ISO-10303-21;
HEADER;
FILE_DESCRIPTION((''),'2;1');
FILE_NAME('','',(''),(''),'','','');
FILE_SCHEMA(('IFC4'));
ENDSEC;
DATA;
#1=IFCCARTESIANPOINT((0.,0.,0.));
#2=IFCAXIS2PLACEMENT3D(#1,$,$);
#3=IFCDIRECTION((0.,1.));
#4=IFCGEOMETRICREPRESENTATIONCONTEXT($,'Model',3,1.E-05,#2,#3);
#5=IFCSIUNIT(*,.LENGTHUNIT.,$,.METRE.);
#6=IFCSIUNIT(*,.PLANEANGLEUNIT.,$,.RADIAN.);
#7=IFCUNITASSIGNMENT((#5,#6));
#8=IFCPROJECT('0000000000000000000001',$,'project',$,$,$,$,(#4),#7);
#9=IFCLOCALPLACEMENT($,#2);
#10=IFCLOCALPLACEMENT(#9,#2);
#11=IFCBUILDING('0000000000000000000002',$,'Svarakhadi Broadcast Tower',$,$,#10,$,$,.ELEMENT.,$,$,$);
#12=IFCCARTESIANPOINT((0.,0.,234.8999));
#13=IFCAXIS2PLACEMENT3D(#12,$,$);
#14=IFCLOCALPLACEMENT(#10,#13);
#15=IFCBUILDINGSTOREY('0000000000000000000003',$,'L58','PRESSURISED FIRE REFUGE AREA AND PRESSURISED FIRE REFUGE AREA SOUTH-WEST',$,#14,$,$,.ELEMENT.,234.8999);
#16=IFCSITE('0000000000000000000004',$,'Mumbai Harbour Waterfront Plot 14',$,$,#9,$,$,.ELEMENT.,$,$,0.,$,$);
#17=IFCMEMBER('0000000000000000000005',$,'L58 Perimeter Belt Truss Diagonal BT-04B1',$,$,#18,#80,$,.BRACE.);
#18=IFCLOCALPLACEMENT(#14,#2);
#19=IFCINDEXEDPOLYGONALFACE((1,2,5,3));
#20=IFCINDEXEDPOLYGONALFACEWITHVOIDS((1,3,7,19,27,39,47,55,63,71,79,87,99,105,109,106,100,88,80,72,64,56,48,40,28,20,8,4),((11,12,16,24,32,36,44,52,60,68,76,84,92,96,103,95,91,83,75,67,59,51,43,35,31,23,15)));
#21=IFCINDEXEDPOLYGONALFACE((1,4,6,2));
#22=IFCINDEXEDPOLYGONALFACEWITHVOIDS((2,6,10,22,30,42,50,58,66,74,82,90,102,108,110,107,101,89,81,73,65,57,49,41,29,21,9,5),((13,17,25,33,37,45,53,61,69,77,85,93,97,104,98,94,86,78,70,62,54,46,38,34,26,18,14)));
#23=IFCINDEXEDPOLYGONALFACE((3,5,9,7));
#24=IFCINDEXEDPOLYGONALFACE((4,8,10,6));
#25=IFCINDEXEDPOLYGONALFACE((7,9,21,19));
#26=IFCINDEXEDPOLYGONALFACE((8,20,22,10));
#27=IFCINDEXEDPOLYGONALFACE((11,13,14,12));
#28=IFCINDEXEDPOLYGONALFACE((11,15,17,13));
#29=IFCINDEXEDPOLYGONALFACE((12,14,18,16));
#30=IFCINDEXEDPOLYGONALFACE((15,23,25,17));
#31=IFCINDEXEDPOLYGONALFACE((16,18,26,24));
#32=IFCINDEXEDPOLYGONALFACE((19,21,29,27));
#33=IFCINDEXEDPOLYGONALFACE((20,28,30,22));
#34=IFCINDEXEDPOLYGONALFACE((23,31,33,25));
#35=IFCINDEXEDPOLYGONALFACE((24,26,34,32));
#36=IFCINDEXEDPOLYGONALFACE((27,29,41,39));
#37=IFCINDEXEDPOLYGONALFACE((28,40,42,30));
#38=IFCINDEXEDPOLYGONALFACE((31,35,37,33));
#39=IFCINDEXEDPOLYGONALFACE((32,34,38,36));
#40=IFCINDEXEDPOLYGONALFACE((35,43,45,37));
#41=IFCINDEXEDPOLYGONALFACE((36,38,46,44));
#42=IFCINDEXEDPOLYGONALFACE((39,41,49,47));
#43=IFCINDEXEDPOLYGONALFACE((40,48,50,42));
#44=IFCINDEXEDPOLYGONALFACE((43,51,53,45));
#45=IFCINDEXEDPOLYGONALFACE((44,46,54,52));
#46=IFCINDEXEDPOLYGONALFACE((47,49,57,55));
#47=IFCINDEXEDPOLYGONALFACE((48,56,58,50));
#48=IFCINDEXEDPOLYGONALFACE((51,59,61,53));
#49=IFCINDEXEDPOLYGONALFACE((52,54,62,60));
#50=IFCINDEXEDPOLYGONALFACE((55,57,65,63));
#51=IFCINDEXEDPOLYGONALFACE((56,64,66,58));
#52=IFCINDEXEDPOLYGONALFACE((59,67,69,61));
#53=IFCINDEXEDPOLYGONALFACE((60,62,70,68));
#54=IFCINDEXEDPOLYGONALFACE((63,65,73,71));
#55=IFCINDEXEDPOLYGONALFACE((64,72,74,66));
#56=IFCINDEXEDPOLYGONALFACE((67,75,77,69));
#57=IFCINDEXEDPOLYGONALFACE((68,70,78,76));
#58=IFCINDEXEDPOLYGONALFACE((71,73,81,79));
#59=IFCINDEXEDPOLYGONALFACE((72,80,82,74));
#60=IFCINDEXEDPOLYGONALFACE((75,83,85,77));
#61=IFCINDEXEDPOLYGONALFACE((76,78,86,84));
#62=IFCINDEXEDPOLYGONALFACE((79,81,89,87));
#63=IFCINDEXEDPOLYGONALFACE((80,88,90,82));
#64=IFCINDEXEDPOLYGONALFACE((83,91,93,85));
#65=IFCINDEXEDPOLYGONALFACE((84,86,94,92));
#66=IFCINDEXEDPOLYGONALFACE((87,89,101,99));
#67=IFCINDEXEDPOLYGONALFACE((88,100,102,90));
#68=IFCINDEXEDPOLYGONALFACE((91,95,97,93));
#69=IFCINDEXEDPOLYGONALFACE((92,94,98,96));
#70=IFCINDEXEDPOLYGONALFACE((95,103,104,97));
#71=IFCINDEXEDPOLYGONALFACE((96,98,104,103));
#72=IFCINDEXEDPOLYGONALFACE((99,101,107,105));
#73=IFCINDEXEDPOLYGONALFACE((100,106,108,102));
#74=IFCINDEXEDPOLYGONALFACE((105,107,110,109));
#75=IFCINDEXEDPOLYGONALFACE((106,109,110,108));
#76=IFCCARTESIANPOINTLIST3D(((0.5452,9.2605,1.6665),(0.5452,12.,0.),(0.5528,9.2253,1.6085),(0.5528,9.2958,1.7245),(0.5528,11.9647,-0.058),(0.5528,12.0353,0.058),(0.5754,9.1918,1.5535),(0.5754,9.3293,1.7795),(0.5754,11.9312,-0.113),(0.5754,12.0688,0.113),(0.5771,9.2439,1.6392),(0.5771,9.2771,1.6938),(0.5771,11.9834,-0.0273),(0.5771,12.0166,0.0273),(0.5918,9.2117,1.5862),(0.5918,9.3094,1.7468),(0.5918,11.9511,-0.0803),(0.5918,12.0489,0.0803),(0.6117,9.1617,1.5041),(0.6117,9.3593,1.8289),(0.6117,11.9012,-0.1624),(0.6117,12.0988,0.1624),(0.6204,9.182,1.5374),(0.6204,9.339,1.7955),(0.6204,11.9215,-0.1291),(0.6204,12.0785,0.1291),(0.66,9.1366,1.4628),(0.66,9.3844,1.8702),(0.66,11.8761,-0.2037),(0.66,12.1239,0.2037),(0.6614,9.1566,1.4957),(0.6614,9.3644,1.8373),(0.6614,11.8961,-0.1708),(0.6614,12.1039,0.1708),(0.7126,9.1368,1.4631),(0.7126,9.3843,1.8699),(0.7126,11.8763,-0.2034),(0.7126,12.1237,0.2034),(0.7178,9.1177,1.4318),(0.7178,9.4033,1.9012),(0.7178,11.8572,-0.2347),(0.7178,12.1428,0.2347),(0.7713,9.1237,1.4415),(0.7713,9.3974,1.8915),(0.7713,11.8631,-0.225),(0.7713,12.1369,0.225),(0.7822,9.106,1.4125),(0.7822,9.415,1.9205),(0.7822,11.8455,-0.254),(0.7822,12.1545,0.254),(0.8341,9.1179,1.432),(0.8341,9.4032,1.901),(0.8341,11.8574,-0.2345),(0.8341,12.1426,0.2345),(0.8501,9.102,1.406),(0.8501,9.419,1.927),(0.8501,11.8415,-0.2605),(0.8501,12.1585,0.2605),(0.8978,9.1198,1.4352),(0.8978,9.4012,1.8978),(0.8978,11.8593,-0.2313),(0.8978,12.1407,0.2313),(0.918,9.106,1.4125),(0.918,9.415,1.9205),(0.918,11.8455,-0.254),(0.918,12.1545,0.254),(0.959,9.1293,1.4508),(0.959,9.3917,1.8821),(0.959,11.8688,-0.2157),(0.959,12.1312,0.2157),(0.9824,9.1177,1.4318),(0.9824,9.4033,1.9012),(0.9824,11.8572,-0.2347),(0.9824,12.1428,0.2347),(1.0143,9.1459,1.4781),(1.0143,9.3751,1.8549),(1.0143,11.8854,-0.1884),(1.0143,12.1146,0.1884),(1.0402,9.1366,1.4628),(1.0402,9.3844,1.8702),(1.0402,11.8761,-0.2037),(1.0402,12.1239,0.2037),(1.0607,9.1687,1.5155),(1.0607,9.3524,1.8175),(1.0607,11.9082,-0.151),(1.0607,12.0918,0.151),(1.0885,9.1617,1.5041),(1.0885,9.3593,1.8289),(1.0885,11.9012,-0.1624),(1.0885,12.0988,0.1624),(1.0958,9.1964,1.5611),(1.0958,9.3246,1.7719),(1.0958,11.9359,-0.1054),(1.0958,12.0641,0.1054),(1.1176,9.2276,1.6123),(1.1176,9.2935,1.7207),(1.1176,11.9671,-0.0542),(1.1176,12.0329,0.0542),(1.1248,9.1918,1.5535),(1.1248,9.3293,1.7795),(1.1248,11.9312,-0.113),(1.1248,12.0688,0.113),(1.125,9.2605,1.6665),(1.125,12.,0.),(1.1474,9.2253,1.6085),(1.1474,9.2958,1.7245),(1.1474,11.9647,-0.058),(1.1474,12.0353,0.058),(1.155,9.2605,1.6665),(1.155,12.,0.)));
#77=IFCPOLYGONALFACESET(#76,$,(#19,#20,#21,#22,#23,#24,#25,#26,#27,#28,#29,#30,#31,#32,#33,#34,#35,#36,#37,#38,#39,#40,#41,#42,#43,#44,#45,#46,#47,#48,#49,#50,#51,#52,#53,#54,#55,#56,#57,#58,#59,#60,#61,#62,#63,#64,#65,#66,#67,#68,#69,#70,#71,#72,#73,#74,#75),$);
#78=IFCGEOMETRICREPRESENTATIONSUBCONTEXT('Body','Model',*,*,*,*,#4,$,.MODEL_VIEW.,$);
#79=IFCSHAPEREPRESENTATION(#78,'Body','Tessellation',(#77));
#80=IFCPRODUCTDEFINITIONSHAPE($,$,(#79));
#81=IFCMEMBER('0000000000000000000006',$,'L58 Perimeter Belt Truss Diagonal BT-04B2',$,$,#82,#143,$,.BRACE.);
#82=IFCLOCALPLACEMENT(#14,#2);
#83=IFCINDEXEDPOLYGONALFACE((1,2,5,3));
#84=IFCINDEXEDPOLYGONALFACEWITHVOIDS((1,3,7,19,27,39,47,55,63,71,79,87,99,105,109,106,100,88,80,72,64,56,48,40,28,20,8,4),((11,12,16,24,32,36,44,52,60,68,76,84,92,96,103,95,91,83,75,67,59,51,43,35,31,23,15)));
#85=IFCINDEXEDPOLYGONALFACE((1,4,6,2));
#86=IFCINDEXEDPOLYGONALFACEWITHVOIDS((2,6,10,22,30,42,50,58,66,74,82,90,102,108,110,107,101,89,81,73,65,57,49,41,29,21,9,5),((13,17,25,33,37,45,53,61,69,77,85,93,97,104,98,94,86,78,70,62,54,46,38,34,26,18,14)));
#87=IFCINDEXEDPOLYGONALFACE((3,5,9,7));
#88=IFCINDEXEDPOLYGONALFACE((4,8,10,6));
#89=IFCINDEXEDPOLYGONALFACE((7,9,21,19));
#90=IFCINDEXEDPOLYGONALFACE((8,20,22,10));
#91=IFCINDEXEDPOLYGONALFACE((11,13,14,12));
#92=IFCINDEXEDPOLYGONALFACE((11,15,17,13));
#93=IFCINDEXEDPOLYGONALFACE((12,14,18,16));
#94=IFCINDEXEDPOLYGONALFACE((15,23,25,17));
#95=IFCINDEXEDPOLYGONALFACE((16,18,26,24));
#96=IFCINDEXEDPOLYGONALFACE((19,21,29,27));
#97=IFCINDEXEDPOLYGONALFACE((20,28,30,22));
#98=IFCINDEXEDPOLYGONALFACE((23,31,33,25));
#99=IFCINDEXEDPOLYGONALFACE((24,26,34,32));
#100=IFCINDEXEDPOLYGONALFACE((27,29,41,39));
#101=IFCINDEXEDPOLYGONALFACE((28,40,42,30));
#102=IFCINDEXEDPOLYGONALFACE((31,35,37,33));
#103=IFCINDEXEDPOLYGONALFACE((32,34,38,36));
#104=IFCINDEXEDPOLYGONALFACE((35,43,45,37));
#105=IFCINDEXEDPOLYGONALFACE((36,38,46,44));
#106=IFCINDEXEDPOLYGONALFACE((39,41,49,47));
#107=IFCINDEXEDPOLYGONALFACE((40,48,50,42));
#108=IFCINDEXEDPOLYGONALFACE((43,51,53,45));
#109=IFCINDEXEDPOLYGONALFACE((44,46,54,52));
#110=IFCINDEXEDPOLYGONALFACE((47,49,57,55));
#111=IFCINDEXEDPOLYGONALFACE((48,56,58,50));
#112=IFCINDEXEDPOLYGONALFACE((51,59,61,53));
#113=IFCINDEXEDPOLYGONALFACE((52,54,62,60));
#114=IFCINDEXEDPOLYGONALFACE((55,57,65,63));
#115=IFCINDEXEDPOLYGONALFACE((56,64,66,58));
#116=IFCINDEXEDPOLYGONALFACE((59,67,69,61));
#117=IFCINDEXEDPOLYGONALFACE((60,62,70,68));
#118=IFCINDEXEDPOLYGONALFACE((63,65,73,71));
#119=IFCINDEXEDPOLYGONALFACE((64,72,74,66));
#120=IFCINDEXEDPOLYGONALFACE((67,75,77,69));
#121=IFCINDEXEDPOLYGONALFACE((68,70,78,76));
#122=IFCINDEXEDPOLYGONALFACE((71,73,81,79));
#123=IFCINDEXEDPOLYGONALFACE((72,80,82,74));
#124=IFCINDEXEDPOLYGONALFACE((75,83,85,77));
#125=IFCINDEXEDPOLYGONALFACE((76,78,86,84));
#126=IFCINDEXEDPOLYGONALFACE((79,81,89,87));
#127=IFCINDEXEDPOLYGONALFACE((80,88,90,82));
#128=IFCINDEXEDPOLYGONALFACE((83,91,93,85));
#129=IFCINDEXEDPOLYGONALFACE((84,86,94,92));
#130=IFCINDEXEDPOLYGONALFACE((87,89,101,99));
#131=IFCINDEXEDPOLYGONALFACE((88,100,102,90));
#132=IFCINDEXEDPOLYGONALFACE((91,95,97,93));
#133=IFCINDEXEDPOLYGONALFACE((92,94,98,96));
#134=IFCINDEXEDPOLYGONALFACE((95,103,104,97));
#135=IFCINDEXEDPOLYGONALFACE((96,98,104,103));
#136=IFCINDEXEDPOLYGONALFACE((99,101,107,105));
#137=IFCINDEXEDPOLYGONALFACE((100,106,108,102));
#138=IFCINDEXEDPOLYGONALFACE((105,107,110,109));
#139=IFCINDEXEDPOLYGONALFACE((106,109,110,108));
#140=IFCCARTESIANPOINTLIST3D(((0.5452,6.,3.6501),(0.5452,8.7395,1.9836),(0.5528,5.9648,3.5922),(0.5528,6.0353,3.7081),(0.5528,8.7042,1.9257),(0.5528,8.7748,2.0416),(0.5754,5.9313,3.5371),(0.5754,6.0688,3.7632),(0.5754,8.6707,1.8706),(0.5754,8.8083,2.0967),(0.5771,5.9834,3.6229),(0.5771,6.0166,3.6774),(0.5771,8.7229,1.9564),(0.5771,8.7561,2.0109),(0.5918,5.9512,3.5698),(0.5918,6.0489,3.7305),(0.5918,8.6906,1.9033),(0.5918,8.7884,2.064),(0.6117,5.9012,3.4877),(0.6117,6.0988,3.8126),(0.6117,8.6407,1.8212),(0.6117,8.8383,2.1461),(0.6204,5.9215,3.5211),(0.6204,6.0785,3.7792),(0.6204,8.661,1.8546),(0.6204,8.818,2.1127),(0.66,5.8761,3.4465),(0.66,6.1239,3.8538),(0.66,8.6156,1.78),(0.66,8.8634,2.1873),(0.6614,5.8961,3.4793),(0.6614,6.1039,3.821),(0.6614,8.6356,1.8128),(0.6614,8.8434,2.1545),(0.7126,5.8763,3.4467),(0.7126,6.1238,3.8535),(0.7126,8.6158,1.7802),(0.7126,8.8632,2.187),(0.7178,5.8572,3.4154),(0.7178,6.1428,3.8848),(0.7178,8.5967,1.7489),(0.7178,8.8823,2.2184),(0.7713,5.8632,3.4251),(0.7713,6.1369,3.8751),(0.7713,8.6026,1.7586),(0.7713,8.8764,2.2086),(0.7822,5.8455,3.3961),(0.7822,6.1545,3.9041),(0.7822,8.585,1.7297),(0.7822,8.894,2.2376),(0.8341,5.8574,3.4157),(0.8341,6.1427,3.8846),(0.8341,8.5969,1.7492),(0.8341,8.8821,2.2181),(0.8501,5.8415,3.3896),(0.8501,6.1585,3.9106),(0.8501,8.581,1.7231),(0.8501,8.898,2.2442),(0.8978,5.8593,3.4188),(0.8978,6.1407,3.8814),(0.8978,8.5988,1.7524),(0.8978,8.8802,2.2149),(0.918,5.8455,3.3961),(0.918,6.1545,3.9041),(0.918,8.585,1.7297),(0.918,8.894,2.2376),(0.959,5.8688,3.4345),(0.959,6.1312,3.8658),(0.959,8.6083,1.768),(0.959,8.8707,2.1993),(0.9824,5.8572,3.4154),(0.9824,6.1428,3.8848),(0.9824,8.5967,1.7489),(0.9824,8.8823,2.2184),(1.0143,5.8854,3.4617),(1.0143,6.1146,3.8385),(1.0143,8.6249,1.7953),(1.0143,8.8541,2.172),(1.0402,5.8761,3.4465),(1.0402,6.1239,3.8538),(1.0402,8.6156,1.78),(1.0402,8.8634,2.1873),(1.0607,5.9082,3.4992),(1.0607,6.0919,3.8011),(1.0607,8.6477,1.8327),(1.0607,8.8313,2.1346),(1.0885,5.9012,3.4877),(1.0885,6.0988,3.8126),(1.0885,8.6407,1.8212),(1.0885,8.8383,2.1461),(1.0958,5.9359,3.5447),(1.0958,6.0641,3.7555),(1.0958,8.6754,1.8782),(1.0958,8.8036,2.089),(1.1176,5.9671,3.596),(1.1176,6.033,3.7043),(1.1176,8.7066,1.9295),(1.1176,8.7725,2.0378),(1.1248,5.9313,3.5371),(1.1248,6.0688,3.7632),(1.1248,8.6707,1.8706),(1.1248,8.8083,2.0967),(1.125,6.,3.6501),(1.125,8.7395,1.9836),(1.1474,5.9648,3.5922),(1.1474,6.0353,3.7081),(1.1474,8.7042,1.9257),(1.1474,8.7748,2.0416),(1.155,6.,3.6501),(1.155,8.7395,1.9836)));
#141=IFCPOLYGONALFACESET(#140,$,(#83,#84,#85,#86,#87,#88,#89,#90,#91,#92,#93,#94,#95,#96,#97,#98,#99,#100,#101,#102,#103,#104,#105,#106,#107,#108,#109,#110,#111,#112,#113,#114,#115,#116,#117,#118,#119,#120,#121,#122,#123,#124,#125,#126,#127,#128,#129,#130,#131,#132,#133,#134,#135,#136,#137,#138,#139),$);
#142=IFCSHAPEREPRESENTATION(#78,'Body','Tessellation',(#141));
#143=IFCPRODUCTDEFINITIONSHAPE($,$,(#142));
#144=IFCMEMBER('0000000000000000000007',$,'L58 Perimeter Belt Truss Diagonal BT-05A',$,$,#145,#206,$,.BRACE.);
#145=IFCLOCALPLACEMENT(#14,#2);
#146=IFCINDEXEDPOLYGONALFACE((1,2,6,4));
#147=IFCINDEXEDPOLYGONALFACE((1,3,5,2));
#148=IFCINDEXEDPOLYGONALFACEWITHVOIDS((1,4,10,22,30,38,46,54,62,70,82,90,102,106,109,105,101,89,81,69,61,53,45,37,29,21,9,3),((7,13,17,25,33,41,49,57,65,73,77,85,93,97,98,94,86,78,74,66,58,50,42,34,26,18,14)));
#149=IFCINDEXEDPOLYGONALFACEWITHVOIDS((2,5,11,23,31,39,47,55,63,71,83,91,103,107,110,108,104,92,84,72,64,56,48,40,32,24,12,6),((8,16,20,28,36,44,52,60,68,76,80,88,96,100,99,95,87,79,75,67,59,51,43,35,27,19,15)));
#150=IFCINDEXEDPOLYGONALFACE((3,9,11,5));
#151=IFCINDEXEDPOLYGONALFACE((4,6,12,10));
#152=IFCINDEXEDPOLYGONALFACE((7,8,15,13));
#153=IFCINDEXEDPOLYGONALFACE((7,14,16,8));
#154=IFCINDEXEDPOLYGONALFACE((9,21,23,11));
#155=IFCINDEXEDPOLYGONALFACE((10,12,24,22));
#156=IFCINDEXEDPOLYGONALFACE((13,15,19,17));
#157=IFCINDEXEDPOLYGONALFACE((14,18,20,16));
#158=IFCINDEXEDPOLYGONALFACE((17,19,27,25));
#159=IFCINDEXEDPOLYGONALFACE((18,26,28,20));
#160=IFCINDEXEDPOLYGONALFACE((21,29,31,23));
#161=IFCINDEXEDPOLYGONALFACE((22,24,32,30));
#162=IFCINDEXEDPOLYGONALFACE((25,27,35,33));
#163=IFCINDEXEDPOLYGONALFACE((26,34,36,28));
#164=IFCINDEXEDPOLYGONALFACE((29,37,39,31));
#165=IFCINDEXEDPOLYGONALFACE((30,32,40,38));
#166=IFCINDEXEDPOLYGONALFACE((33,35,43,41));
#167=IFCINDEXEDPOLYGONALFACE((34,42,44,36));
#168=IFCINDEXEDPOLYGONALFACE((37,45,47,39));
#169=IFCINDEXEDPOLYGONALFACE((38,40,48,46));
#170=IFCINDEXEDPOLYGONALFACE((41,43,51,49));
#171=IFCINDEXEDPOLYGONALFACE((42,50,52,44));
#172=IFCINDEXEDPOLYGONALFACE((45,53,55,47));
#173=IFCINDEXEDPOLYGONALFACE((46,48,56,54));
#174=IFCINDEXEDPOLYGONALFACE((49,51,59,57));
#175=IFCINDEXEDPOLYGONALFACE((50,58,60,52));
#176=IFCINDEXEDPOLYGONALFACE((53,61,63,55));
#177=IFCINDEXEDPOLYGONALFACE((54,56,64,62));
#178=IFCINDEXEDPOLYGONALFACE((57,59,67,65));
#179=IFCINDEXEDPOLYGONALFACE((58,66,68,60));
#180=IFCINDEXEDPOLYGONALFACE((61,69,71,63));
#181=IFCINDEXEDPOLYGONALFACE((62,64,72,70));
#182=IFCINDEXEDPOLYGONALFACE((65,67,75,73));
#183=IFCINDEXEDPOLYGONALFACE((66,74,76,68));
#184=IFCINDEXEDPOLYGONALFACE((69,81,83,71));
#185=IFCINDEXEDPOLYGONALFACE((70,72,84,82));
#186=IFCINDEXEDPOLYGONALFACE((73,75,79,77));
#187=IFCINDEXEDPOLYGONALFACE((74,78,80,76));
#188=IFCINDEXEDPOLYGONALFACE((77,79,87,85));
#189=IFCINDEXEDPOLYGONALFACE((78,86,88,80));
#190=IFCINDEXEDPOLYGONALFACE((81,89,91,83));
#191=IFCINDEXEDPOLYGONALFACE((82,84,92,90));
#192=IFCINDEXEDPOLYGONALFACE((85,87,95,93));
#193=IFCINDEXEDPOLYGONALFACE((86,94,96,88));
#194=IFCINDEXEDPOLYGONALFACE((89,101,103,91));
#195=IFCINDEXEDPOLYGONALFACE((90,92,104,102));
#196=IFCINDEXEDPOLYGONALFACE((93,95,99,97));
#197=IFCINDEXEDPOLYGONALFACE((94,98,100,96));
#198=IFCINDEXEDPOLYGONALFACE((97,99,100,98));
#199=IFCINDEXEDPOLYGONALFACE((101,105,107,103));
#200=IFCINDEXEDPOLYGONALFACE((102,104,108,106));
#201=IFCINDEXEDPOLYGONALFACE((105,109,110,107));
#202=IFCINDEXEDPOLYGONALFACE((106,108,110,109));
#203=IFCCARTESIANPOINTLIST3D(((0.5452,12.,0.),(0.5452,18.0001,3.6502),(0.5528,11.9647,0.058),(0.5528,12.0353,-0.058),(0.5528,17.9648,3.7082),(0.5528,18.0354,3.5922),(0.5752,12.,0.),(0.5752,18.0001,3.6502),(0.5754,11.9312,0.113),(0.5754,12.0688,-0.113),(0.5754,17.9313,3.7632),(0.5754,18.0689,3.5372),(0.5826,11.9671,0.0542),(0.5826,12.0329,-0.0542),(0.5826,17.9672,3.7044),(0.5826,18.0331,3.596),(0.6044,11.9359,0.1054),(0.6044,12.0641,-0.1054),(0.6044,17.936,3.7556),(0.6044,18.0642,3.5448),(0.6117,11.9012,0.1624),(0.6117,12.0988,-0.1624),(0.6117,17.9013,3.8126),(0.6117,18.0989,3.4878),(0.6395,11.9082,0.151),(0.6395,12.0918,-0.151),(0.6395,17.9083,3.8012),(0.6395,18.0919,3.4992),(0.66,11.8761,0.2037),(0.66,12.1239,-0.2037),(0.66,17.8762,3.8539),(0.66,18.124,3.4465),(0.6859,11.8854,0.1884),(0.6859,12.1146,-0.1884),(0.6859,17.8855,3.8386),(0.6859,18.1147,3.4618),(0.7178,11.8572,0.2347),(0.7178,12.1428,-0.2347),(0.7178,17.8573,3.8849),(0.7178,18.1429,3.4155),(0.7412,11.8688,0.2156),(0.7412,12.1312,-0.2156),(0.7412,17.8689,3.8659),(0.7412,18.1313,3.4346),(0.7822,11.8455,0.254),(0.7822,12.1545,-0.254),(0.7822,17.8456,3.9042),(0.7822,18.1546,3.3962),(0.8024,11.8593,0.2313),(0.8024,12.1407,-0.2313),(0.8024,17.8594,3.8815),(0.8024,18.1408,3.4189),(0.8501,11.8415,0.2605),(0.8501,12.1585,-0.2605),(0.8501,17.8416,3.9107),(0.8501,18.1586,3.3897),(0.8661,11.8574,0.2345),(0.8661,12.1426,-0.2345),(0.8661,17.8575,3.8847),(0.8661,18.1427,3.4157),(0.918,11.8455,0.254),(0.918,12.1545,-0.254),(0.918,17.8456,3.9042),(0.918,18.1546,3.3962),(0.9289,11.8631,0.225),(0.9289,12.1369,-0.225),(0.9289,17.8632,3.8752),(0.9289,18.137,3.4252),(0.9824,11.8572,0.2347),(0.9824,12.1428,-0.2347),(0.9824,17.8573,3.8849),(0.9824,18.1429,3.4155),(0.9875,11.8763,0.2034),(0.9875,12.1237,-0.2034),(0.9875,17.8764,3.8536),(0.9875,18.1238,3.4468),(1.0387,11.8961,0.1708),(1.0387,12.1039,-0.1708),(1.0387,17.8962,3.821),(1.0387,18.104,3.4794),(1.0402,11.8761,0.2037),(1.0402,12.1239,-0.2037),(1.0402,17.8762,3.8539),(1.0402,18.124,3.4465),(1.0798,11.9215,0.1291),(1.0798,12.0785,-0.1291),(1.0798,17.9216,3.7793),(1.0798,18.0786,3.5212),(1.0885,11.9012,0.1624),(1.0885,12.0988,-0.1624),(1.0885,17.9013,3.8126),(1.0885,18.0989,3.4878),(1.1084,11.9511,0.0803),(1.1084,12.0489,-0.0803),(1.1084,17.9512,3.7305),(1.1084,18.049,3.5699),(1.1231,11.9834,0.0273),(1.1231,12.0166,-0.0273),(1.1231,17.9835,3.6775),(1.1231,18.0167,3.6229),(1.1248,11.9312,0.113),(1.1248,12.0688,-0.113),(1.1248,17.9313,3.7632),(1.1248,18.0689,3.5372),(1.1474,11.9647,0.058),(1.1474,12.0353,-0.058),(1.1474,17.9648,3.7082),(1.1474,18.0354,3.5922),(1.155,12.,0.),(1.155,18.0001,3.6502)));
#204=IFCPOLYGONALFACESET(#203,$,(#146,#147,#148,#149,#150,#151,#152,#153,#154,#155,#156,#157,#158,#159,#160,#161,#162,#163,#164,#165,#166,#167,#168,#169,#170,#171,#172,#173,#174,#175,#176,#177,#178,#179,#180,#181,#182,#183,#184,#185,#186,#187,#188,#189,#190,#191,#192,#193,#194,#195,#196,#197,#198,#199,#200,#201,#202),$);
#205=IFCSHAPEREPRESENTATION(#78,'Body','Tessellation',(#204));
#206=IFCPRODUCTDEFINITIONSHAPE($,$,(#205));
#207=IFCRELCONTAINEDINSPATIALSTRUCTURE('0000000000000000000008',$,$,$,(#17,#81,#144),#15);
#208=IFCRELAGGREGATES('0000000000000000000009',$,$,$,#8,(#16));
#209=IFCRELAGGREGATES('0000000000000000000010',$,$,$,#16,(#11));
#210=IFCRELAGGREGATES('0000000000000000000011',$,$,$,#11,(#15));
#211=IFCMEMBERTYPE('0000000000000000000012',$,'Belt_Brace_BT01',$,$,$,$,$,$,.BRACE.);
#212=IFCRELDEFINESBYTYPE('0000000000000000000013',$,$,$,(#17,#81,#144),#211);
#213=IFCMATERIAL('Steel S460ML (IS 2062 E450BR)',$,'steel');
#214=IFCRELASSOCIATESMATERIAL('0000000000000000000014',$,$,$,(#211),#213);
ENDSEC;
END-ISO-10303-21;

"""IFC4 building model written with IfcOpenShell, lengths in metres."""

from ifc_helpers import new_model, si_unit, direction, frame, origin, origin_2d, place, context, subcontext, project, spatial, hollow_circle, extrude, material, material_profile, profile_set, type_object, element, save


model = new_model("IFC4")

# Units and contexts
model_context = context("Model", 3, precision=1e-05, world=origin(), true_north=direction((0.0, 1.0)))
body_context = subcontext(model_context, "Body", "Model", "MODEL_VIEW")
ifc_project = project(units=[si_unit("LENGTHUNIT", "METRE"), si_unit("PLANEANGLEUNIT", "RADIAN")], contexts=[model_context])

# Site, building, storey
site_placement = place(None, origin())
site = spatial("IfcSite", under=ifc_project, at=site_placement, Name="Mumbai Harbour Waterfront Plot 14", CompositionType="ELEMENT", RefElevation=0.0)
building_placement = place(site_placement, origin())
building = spatial("IfcBuilding", under=site, at=building_placement, Name="Svarakhadi Broadcast Tower", CompositionType="ELEMENT")
storey_placement = place(building_placement, frame((0.0, 0.0, 234.8999)))
storey = spatial("IfcBuildingStorey", under=building, at=storey_placement, Name="L58", Description="PRESSURISED FIRE REFUGE AREA AND PRESSURISED FIRE REFUGE AREA SOUTH-WEST", CompositionType="ELEMENT", Elevation=234.8999)

# Shared definitions
ifc_material_1 = material(Name="Steel S460ML (IS 2062 E450BR)", Category="steel")

# Members
ifc_material_profile_1 = material_profile(ifc_material_1, hollow_circle(Radius=0.3049, WallThickness=0.03, at=origin_2d()), Name="CHS 610x30")
ifc_profile_set_1 = profile_set([ifc_material_profile_1], Name="Steel S460ML (IS 2062 E450BR)")
member_type_1 = type_object("IfcMemberType", Name="Belt_Brace_BT01", PredefinedType="BRACE", material=ifc_profile_set_1)
for number, where, z_axis, x_axis, name in (
    (1, (0.8501, 12.0, 0.0), (0.0, -0.85434, 0.519715), (1.0, 0.0, 0.0), "L58 Perimeter Belt Truss Diagonal BT-04B1"),
    (2, (0.8501, 8.7395, 1.9836), (0.0, -0.85434, 0.519715), (1.0, 0.0, 0.0), "L58 Perimeter Belt Truss Diagonal BT-04B2"),
):
    element("IfcMember", number, at=place(storey_placement, frame(where, z_axis=z_axis, x_axis=x_axis)), inside=storey, type_object=member_type_1, Name=name, PredefinedType="BRACE", context=body_context, shape_type="SweptSolid", body=[
        extrude(hollow_circle(Radius=0.3049, WallThickness=0.03, at=origin_2d()), origin(), (0.0, 0.0, 1.0), 3.2065),
    ])
member_1_placement = place(storey_placement, frame((0.8501, 12.0, 0.0), z_axis=(0.0, 0.854327, 0.519736), x_axis=(-1.0, 0.0, 0.0)))
element("IfcMember", 3, at=member_1_placement, inside=storey, type_object=member_type_1, Name="L58 Perimeter Belt Truss Diagonal BT-05A", PredefinedType="BRACE", context=body_context, shape_type="SweptSolid", body=[
    extrude(hollow_circle(Radius=0.3049, WallThickness=0.03, at=origin_2d()), origin(), (0.0, 0.0, 1.0), 7.0232),
])

save(model, "model.ifc")
